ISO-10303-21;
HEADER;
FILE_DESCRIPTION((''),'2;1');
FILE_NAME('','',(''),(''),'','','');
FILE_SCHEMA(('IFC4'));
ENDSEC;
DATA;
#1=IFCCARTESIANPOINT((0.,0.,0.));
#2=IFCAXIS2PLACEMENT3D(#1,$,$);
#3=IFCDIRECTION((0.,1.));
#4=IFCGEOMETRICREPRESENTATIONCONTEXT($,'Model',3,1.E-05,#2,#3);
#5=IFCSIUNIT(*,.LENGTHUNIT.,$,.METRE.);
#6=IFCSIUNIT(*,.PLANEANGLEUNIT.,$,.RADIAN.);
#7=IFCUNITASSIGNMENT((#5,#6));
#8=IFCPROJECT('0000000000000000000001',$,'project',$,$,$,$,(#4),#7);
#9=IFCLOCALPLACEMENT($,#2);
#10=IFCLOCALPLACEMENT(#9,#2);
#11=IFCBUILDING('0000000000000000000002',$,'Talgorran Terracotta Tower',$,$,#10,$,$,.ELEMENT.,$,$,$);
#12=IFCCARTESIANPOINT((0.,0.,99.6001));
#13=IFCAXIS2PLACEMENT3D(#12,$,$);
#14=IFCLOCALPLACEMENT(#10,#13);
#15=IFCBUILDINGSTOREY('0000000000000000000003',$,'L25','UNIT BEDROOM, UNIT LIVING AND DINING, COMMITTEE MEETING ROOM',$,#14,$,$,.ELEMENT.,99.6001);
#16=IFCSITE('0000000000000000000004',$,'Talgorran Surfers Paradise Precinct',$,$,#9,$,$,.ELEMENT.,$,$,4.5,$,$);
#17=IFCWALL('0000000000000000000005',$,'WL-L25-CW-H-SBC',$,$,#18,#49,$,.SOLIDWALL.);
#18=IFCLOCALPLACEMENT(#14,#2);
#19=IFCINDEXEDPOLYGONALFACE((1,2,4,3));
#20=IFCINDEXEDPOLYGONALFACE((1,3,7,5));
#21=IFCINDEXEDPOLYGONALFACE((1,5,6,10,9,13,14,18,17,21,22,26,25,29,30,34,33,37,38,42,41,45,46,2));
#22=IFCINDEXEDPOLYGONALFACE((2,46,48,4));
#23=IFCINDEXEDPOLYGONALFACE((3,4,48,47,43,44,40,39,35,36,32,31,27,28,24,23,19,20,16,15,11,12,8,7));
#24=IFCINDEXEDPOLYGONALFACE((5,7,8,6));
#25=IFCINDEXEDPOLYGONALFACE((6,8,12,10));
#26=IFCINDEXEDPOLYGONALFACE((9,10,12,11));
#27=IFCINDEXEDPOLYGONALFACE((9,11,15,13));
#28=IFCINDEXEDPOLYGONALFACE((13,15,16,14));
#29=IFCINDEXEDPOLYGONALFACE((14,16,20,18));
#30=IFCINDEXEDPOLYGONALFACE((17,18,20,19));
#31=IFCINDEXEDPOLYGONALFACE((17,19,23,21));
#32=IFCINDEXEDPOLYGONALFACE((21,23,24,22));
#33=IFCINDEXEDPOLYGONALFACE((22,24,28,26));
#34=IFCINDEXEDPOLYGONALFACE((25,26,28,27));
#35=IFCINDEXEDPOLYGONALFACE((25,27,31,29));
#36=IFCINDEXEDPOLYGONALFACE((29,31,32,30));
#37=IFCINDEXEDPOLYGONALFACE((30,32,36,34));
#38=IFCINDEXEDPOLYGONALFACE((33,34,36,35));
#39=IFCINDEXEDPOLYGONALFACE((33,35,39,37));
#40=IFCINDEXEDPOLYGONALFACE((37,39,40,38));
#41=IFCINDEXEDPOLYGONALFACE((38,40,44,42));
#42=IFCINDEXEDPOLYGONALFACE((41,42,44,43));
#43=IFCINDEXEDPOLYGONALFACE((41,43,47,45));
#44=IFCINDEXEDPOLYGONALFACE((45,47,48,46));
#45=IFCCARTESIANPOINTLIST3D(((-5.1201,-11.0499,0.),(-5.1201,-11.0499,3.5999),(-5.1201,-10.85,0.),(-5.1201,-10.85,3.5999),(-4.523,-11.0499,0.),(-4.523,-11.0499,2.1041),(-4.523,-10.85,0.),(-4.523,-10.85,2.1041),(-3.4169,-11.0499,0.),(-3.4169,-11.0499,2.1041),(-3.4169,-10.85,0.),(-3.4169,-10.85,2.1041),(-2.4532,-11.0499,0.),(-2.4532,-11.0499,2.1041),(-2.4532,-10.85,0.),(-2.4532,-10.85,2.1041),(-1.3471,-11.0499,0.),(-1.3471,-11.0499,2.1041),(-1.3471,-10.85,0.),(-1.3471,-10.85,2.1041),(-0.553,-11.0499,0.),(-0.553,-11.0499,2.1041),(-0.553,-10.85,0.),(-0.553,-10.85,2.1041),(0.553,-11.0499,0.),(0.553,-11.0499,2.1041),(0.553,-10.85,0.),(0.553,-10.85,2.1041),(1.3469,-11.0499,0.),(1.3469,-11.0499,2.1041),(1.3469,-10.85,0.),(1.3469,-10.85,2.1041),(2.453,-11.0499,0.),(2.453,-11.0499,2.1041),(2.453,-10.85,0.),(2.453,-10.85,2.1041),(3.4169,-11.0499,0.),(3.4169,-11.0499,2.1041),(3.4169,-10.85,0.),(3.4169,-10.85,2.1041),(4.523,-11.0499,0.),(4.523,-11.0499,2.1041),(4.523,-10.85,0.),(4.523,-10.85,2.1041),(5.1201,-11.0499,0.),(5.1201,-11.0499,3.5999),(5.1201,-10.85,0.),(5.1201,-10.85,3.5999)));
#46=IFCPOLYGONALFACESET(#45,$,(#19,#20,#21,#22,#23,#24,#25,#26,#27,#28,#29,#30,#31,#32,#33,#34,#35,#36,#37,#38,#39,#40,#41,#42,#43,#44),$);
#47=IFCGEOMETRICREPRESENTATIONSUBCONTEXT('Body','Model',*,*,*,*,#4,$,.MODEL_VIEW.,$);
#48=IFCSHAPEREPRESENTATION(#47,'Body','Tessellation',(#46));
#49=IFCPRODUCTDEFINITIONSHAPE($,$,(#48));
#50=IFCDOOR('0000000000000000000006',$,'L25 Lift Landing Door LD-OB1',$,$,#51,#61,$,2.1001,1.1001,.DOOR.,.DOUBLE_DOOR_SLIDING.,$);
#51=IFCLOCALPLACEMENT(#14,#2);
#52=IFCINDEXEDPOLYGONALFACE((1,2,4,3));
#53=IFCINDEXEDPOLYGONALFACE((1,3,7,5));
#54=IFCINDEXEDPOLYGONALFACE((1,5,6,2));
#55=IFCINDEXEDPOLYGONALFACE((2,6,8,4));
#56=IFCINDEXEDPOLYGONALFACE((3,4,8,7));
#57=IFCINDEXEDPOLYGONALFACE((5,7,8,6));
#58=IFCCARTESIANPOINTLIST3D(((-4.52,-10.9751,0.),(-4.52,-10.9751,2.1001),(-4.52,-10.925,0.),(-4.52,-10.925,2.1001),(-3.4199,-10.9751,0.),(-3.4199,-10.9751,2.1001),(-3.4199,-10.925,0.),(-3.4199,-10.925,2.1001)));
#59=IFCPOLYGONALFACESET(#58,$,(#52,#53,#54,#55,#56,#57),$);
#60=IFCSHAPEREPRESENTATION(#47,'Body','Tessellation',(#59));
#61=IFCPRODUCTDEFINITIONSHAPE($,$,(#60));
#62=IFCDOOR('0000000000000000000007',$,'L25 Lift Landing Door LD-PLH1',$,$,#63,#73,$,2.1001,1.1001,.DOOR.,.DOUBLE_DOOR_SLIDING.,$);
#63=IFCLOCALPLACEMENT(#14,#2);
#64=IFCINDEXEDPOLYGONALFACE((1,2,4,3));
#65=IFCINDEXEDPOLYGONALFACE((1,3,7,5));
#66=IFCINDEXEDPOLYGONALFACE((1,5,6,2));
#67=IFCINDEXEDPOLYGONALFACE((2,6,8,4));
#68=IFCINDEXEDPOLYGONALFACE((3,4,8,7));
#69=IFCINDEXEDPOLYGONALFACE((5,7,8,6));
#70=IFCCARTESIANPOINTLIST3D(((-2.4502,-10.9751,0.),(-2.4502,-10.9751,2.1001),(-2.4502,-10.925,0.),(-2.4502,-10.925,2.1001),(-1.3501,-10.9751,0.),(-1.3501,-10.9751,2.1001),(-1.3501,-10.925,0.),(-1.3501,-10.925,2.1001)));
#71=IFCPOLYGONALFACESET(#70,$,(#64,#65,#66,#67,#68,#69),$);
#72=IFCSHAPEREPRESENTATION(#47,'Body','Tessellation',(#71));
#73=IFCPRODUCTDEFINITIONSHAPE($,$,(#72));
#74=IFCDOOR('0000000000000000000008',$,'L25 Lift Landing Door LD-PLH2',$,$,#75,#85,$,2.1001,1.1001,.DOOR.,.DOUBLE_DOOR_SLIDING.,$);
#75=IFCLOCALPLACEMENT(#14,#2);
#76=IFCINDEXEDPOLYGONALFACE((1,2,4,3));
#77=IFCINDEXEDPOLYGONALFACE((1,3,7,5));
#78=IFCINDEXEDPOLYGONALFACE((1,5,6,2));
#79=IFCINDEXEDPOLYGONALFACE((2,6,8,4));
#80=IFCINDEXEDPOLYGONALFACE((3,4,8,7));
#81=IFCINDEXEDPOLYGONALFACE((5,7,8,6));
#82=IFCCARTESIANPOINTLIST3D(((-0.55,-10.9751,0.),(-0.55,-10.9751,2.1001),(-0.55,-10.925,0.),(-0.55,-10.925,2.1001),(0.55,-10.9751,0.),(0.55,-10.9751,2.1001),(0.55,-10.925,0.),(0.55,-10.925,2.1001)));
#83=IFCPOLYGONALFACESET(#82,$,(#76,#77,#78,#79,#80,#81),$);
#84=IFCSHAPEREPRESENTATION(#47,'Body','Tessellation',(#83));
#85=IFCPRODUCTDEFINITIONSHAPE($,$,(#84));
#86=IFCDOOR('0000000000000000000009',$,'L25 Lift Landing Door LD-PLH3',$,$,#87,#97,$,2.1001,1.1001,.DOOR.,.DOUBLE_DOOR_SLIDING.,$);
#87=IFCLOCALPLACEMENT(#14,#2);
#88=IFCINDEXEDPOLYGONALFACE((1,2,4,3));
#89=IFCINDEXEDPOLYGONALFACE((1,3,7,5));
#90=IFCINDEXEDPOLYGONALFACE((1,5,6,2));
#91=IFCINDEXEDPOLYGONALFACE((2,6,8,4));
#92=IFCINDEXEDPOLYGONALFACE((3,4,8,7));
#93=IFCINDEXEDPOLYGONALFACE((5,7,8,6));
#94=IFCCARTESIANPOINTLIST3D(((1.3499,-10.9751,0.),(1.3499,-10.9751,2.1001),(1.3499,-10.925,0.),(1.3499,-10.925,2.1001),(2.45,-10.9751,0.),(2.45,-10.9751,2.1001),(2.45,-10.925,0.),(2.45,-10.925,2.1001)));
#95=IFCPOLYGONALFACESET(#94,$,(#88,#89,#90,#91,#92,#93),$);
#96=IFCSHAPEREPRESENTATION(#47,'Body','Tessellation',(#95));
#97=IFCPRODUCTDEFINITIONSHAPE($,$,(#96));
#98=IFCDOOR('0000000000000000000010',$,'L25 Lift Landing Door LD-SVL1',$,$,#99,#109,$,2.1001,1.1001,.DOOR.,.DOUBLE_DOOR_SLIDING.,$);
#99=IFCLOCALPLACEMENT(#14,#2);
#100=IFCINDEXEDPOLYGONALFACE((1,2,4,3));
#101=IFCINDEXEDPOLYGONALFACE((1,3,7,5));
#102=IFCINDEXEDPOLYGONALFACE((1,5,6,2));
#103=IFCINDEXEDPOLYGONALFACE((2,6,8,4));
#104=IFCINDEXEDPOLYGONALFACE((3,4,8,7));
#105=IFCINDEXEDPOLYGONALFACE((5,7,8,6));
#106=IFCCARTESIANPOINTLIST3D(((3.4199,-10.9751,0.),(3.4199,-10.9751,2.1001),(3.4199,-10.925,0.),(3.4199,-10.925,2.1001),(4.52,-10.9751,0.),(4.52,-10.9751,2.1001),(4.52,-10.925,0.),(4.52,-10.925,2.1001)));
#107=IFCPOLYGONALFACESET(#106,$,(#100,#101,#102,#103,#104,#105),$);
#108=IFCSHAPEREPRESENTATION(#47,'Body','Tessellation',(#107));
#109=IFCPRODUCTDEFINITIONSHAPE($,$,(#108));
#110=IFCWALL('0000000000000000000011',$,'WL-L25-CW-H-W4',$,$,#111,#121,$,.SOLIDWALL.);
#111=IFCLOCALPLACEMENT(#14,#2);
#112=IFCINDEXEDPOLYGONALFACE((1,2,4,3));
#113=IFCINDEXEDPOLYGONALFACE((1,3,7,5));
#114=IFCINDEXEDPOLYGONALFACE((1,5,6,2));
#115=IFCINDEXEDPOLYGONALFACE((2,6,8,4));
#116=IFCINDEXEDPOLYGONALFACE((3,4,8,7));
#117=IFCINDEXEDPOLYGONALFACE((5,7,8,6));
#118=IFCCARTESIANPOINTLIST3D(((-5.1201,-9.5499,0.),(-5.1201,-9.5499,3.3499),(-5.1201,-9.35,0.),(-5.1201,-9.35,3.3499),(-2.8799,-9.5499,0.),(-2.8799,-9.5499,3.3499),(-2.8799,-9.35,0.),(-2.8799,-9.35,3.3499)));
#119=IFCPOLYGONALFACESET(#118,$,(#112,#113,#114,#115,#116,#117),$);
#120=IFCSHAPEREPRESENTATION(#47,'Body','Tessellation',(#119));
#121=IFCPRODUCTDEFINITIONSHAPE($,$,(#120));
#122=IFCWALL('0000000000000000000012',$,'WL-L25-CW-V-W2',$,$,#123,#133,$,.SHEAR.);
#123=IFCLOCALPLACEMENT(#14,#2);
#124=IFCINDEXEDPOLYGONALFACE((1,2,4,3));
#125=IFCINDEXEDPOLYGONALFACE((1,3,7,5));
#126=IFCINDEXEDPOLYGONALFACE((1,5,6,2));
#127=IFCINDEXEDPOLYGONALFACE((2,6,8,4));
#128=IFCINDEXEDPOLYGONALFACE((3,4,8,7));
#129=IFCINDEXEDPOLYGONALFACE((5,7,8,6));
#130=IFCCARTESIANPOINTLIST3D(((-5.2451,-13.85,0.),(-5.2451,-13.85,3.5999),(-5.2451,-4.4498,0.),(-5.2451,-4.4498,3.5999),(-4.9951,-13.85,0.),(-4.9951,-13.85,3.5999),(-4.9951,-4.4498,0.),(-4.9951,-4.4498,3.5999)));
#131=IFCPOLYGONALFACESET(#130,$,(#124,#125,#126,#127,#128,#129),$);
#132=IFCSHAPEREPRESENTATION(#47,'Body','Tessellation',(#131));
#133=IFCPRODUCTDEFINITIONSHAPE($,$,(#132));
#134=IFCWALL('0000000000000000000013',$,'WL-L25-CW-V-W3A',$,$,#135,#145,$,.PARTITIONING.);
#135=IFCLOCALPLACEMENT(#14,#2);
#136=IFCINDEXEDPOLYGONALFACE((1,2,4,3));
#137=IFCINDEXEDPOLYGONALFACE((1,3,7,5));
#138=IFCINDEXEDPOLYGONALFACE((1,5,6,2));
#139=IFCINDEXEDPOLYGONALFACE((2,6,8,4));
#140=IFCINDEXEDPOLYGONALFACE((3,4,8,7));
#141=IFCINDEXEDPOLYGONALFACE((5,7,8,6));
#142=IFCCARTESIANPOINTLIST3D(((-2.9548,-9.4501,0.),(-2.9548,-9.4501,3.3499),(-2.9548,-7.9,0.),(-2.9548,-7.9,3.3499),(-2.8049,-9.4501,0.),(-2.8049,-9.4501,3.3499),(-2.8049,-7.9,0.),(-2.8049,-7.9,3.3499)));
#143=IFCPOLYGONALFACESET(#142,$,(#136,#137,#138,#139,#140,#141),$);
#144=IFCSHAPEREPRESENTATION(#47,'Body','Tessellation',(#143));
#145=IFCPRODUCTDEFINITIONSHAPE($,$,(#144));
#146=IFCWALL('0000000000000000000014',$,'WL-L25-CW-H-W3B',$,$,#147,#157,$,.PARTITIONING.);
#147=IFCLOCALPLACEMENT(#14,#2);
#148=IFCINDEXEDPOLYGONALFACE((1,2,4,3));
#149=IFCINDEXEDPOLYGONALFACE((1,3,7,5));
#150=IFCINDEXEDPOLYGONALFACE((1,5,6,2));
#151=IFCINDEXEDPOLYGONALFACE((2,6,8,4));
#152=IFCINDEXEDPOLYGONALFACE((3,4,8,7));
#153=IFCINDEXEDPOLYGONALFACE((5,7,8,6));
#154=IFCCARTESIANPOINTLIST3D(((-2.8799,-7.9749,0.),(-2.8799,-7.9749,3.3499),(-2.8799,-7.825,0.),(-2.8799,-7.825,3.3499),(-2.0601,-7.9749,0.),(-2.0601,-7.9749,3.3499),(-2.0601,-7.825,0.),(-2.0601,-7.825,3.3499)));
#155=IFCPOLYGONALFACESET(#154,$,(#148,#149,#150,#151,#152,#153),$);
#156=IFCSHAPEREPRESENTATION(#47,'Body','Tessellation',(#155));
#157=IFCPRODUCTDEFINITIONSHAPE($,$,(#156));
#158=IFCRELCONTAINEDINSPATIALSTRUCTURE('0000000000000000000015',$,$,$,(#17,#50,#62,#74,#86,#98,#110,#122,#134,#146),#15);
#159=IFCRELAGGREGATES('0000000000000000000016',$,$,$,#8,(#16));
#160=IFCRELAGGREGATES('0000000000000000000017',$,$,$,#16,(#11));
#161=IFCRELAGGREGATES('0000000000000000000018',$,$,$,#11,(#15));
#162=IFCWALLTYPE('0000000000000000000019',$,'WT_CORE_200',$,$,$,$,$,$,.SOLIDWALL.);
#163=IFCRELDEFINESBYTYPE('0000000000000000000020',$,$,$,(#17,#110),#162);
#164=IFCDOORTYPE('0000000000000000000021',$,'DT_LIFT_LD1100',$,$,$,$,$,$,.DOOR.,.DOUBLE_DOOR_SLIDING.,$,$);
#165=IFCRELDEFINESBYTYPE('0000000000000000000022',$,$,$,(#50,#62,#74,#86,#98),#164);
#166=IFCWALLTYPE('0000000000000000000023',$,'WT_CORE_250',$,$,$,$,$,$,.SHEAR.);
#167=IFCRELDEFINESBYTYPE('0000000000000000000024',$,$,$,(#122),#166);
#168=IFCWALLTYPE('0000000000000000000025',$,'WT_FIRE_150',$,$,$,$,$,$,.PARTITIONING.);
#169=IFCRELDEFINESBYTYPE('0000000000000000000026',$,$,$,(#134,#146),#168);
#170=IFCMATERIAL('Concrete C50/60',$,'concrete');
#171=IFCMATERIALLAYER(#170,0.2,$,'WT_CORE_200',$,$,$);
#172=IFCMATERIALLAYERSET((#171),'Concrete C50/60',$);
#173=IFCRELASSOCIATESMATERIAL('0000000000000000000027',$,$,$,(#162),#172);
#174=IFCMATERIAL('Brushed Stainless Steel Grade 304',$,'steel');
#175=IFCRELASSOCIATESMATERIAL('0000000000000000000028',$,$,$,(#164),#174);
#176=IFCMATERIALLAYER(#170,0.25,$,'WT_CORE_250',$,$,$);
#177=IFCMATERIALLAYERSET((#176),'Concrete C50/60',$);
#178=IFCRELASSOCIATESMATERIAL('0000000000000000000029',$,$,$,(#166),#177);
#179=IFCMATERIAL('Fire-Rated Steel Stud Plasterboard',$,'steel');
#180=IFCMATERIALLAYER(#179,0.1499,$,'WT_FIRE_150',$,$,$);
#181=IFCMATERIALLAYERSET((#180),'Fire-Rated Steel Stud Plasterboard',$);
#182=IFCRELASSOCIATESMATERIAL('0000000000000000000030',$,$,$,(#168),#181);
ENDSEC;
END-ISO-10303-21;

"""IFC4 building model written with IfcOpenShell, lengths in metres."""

from ifc_helpers import new_model, si_unit, direction, frame, frame_2d, origin, place, context, subcontext, project, spatial, rectangle, extrude, material, layer, layer_set, type_object, element, fill, save


model = new_model("IFC4")

# Units and contexts
model_context = context("Model", 3, precision=1e-05, world=origin(), true_north=direction((0.0, 1.0)))
body_context = subcontext(model_context, "Body", "Model", "MODEL_VIEW")
ifc_project = project(units=[si_unit("LENGTHUNIT", "METRE"), si_unit("PLANEANGLEUNIT", "RADIAN")], contexts=[model_context])

# Site, building, storey
site_placement = place(None, origin())
site = spatial("IfcSite", under=ifc_project, at=site_placement, Name="Talgorran Surfers Paradise Precinct", CompositionType="ELEMENT", RefElevation=4.5)
building_placement = place(site_placement, origin())
building = spatial("IfcBuilding", under=site, at=building_placement, Name="Talgorran Terracotta Tower", CompositionType="ELEMENT")
storey_placement = place(building_placement, frame((0.0, 0.0, 99.6001)))
storey = spatial("IfcBuildingStorey", under=building, at=storey_placement, Name="L25", Description="UNIT BEDROOM, UNIT LIVING AND DINING, COMMITTEE MEETING ROOM", CompositionType="ELEMENT", Elevation=99.6001)

# Wall, openings, doors
ifc_material_1 = material(Name="Concrete C50/60", Category="concrete")
ifc_layer_1 = layer(ifc_material_1, 0.2, Name="WT_CORE_200")
ifc_layer_set_1 = layer_set([ifc_layer_1], Name="Concrete C50/60")
wall_type_1 = type_object("IfcWallType", Name="WT_CORE_200", PredefinedType="SOLIDWALL", material=ifc_layer_set_1)
wall_1_placement = place(storey_placement, frame((-5.1201, -10.95, 0.0), z_axis=(0.0, 0.0, 1.0), x_axis=(1.0, 0.0, 0.0)))
wall_1 = element("IfcWall", 1, at=wall_1_placement, inside=storey, type_object=wall_type_1, Name="WL-L25-CW-H-SBC", PredefinedType="SOLIDWALL", context=body_context, shape_type="SweptSolid", body=[
    extrude(rectangle(XDim=10.2402, YDim=0.2, at=frame_2d((5.1201, 0.0))), origin(), (0.0, 0.0, 1.0), 3.5999),
])
opening_1_placement = place(wall_1_placement, frame((0.6001, 0.0, 0.0)))
opening_1 = element("IfcOpeningElement", 2, at=opening_1_placement, cuts=wall_1, PredefinedType="OPENING", context=body_context, shape_type="SweptSolid", body=[
    extrude(rectangle(XDim=1.1061, YDim=2.1041, at=frame_2d((0.55, 1.052))), frame((0.0, 0.1099, 0.0), z_axis=(0.0, -1.0, 0.0), x_axis=(1.0, 0.0, 0.0)), (0.0, 0.0, 1.0), 0.22),
])
opening_2_placement = place(wall_1_placement, frame((2.6699, 0.0, 0.0)))
opening_2 = element("IfcOpeningElement", 3, at=opening_2_placement, cuts=wall_1, PredefinedType="OPENING", context=body_context, shape_type="SweptSolid", body=[
    extrude(rectangle(XDim=1.1061, YDim=2.1041, at=frame_2d((0.55, 1.052))), frame((0.0, 0.1099, 0.0), z_axis=(0.0, -1.0, 0.0), x_axis=(1.0, 0.0, 0.0)), (0.0, 0.0, 1.0), 0.22),
])
opening_3_placement = place(wall_1_placement, frame((4.5701, 0.0, 0.0)))
opening_3 = element("IfcOpeningElement", 4, at=opening_3_placement, cuts=wall_1, PredefinedType="OPENING", context=body_context, shape_type="SweptSolid", body=[
    extrude(rectangle(XDim=1.1061, YDim=2.1041, at=frame_2d((0.55, 1.052))), frame((0.0, 0.1099, 0.0), z_axis=(0.0, -1.0, 0.0), x_axis=(1.0, 0.0, 0.0)), (0.0, 0.0, 1.0), 0.22),
])
opening_4_placement = place(wall_1_placement, frame((6.47, 0.0, 0.0)))
opening_4 = element("IfcOpeningElement", 5, at=opening_4_placement, cuts=wall_1, PredefinedType="OPENING", context=body_context, shape_type="SweptSolid", body=[
    extrude(rectangle(XDim=1.1061, YDim=2.1041, at=frame_2d((0.55, 1.052))), frame((0.0, 0.1099, 0.0), z_axis=(0.0, -1.0, 0.0), x_axis=(1.0, 0.0, 0.0)), (0.0, 0.0, 1.0), 0.22),
])
opening_5_placement = place(wall_1_placement, frame((8.54, 0.0, 0.0)))
opening_5 = element("IfcOpeningElement", 6, at=opening_5_placement, cuts=wall_1, PredefinedType="OPENING", context=body_context, shape_type="SweptSolid", body=[
    extrude(rectangle(XDim=1.1061, YDim=2.1041, at=frame_2d((0.55, 1.052))), frame((0.0, 0.1099, 0.0), z_axis=(0.0, -1.0, 0.0), x_axis=(1.0, 0.0, 0.0)), (0.0, 0.0, 1.0), 0.22),
])
ifc_material_2 = material(Name="Brushed Stainless Steel Grade 304", Category="steel")
door_type_1 = type_object("IfcDoorType", Name="DT_LIFT_LD1100", OperationType="DOUBLE_DOOR_SLIDING", PredefinedType="DOOR", material=ifc_material_2)
door_1_placement = place(opening_1_placement, origin())
door_1 = element("IfcDoor", 7, at=door_1_placement, inside=storey, type_object=door_type_1, Name="L25 Lift Landing Door LD-OB1", OperationType="DOUBLE_DOOR_SLIDING", OverallHeight=2.1001, OverallWidth=1.1001, PredefinedType="DOOR", context=body_context, shape_type="SweptSolid", body=[
    extrude(rectangle(XDim=1.1001, YDim=2.1001, at=frame_2d((0.55, 1.05))), frame((0.0, 0.0249, 0.0), z_axis=(0.0, -1.0, 0.0), x_axis=(1.0, 0.0, 0.0)), (0.0, 0.0, 1.0), 0.05),
])
fill(opening_1, door_1)
door_2_placement = place(opening_2_placement, origin())
door_2 = element("IfcDoor", 8, at=door_2_placement, inside=storey, type_object=door_type_1, Name="L25 Lift Landing Door LD-PLH1", OperationType="DOUBLE_DOOR_SLIDING", OverallHeight=2.1001, OverallWidth=1.1001, PredefinedType="DOOR", context=body_context, shape_type="SweptSolid", body=[
    extrude(rectangle(XDim=1.1001, YDim=2.1001, at=frame_2d((0.55, 1.05))), frame((0.0, 0.0249, 0.0), z_axis=(0.0, -1.0, 0.0), x_axis=(1.0, 0.0, 0.0)), (0.0, 0.0, 1.0), 0.05),
])
fill(opening_2, door_2)
door_3_placement = place(opening_3_placement, origin())
door_3 = element("IfcDoor", 9, at=door_3_placement, inside=storey, type_object=door_type_1, Name="L25 Lift Landing Door LD-PLH2", OperationType="DOUBLE_DOOR_SLIDING", OverallHeight=2.1001, OverallWidth=1.1001, PredefinedType="DOOR", context=body_context, shape_type="SweptSolid", body=[
    extrude(rectangle(XDim=1.1001, YDim=2.1001, at=frame_2d((0.55, 1.05))), frame((0.0, 0.0249, 0.0), z_axis=(0.0, -1.0, 0.0), x_axis=(1.0, 0.0, 0.0)), (0.0, 0.0, 1.0), 0.05),
])
fill(opening_3, door_3)
door_4_placement = place(opening_4_placement, origin())
door_4 = element("IfcDoor", 10, at=door_4_placement, inside=storey, type_object=door_type_1, Name="L25 Lift Landing Door LD-PLH3", OperationType="DOUBLE_DOOR_SLIDING", OverallHeight=2.1001, OverallWidth=1.1001, PredefinedType="DOOR", context=body_context, shape_type="SweptSolid", body=[
    extrude(rectangle(XDim=1.1001, YDim=2.1001, at=frame_2d((0.55, 1.05))), frame((0.0, 0.0249, 0.0), z_axis=(0.0, -1.0, 0.0), x_axis=(1.0, 0.0, 0.0)), (0.0, 0.0, 1.0), 0.05),
])
fill(opening_4, door_4)
door_5_placement = place(opening_5_placement, origin())
door_5 = element("IfcDoor", 11, at=door_5_placement, inside=storey, type_object=door_type_1, Name="L25 Lift Landing Door LD-SVL1", OperationType="DOUBLE_DOOR_SLIDING", OverallHeight=2.1001, OverallWidth=1.1001, PredefinedType="DOOR", context=body_context, shape_type="SweptSolid", body=[
    extrude(rectangle(XDim=1.1001, YDim=2.1001, at=frame_2d((0.55, 1.05))), frame((0.0, 0.0249, 0.0), z_axis=(0.0, -1.0, 0.0), x_axis=(1.0, 0.0, 0.0)), (0.0, 0.0, 1.0), 0.05),
])
fill(opening_5, door_5)

# Walls
wall_2_placement = place(storey_placement, frame((-5.1201, -9.45, 0.0), z_axis=(0.0, 0.0, 1.0), x_axis=(1.0, 0.0, 0.0)))
element("IfcWall", 12, at=wall_2_placement, inside=storey, type_object=wall_type_1, Name="WL-L25-CW-H-W4", PredefinedType="SOLIDWALL", context=body_context, shape_type="SweptSolid", body=[
    extrude(rectangle(XDim=2.2402, YDim=0.2, at=frame_2d((1.1201, 0.0))), origin(), (0.0, 0.0, 1.0), 3.3499),
])
ifc_layer_2 = layer(ifc_material_1, 0.25, Name="WT_CORE_250")
ifc_layer_set_2 = layer_set([ifc_layer_2], Name="Concrete C50/60")
wall_type_2 = type_object("IfcWallType", Name="WT_CORE_250", PredefinedType="SHEAR", material=ifc_layer_set_2)
wall_3_placement = place(storey_placement, frame((-5.1201, -13.8501, 0.0), z_axis=(0.0, 0.0, 1.0), x_axis=(0.0, 1.0, 0.0)))
element("IfcWall", 13, at=wall_3_placement, inside=storey, type_object=wall_type_2, Name="WL-L25-CW-V-W2", PredefinedType="SHEAR", context=body_context, shape_type="SweptSolid", body=[
    extrude(rectangle(XDim=9.4001, YDim=0.25, at=frame_2d((4.7002, 0.0))), origin(), (0.0, 0.0, 1.0), 3.5999),
])
ifc_material_3 = material(Name="Fire-Rated Steel Stud Plasterboard", Category="steel")
ifc_layer_3 = layer(ifc_material_3, 0.1499, Name="WT_FIRE_150")
ifc_layer_set_3 = layer_set([ifc_layer_3], Name="Fire-Rated Steel Stud Plasterboard")
wall_type_3 = type_object("IfcWallType", Name="WT_FIRE_150", PredefinedType="PARTITIONING", material=ifc_layer_set_3)
wall_4_placement = place(storey_placement, frame((-2.8799, -9.45, 0.0), z_axis=(0.0, 0.0, 1.0), x_axis=(0.0, 1.0, 0.0)))
element("IfcWall", 14, at=wall_4_placement, inside=storey, type_object=wall_type_3, Name="WL-L25-CW-V-W3A", PredefinedType="PARTITIONING", context=body_context, shape_type="SweptSolid", body=[
    extrude(rectangle(XDim=1.55, YDim=0.1499, at=frame_2d((0.7749, 0.0))), origin(), (0.0, 0.0, 1.0), 3.3499),
])
wall_5_placement = place(storey_placement, frame((-2.8799, -7.8999, 0.0), z_axis=(0.0, 0.0, 1.0), x_axis=(1.0, 0.0, 0.0)))
element("IfcWall", 15, at=wall_5_placement, inside=storey, type_object=wall_type_3, Name="WL-L25-CW-H-W3B", PredefinedType="PARTITIONING", context=body_context, shape_type="SweptSolid", body=[
    extrude(rectangle(XDim=0.8198, YDim=0.1499, at=frame_2d((0.4099, 0.0))), origin(), (0.0, 0.0, 1.0), 3.3499),
])

save(model, "model.ifc")
